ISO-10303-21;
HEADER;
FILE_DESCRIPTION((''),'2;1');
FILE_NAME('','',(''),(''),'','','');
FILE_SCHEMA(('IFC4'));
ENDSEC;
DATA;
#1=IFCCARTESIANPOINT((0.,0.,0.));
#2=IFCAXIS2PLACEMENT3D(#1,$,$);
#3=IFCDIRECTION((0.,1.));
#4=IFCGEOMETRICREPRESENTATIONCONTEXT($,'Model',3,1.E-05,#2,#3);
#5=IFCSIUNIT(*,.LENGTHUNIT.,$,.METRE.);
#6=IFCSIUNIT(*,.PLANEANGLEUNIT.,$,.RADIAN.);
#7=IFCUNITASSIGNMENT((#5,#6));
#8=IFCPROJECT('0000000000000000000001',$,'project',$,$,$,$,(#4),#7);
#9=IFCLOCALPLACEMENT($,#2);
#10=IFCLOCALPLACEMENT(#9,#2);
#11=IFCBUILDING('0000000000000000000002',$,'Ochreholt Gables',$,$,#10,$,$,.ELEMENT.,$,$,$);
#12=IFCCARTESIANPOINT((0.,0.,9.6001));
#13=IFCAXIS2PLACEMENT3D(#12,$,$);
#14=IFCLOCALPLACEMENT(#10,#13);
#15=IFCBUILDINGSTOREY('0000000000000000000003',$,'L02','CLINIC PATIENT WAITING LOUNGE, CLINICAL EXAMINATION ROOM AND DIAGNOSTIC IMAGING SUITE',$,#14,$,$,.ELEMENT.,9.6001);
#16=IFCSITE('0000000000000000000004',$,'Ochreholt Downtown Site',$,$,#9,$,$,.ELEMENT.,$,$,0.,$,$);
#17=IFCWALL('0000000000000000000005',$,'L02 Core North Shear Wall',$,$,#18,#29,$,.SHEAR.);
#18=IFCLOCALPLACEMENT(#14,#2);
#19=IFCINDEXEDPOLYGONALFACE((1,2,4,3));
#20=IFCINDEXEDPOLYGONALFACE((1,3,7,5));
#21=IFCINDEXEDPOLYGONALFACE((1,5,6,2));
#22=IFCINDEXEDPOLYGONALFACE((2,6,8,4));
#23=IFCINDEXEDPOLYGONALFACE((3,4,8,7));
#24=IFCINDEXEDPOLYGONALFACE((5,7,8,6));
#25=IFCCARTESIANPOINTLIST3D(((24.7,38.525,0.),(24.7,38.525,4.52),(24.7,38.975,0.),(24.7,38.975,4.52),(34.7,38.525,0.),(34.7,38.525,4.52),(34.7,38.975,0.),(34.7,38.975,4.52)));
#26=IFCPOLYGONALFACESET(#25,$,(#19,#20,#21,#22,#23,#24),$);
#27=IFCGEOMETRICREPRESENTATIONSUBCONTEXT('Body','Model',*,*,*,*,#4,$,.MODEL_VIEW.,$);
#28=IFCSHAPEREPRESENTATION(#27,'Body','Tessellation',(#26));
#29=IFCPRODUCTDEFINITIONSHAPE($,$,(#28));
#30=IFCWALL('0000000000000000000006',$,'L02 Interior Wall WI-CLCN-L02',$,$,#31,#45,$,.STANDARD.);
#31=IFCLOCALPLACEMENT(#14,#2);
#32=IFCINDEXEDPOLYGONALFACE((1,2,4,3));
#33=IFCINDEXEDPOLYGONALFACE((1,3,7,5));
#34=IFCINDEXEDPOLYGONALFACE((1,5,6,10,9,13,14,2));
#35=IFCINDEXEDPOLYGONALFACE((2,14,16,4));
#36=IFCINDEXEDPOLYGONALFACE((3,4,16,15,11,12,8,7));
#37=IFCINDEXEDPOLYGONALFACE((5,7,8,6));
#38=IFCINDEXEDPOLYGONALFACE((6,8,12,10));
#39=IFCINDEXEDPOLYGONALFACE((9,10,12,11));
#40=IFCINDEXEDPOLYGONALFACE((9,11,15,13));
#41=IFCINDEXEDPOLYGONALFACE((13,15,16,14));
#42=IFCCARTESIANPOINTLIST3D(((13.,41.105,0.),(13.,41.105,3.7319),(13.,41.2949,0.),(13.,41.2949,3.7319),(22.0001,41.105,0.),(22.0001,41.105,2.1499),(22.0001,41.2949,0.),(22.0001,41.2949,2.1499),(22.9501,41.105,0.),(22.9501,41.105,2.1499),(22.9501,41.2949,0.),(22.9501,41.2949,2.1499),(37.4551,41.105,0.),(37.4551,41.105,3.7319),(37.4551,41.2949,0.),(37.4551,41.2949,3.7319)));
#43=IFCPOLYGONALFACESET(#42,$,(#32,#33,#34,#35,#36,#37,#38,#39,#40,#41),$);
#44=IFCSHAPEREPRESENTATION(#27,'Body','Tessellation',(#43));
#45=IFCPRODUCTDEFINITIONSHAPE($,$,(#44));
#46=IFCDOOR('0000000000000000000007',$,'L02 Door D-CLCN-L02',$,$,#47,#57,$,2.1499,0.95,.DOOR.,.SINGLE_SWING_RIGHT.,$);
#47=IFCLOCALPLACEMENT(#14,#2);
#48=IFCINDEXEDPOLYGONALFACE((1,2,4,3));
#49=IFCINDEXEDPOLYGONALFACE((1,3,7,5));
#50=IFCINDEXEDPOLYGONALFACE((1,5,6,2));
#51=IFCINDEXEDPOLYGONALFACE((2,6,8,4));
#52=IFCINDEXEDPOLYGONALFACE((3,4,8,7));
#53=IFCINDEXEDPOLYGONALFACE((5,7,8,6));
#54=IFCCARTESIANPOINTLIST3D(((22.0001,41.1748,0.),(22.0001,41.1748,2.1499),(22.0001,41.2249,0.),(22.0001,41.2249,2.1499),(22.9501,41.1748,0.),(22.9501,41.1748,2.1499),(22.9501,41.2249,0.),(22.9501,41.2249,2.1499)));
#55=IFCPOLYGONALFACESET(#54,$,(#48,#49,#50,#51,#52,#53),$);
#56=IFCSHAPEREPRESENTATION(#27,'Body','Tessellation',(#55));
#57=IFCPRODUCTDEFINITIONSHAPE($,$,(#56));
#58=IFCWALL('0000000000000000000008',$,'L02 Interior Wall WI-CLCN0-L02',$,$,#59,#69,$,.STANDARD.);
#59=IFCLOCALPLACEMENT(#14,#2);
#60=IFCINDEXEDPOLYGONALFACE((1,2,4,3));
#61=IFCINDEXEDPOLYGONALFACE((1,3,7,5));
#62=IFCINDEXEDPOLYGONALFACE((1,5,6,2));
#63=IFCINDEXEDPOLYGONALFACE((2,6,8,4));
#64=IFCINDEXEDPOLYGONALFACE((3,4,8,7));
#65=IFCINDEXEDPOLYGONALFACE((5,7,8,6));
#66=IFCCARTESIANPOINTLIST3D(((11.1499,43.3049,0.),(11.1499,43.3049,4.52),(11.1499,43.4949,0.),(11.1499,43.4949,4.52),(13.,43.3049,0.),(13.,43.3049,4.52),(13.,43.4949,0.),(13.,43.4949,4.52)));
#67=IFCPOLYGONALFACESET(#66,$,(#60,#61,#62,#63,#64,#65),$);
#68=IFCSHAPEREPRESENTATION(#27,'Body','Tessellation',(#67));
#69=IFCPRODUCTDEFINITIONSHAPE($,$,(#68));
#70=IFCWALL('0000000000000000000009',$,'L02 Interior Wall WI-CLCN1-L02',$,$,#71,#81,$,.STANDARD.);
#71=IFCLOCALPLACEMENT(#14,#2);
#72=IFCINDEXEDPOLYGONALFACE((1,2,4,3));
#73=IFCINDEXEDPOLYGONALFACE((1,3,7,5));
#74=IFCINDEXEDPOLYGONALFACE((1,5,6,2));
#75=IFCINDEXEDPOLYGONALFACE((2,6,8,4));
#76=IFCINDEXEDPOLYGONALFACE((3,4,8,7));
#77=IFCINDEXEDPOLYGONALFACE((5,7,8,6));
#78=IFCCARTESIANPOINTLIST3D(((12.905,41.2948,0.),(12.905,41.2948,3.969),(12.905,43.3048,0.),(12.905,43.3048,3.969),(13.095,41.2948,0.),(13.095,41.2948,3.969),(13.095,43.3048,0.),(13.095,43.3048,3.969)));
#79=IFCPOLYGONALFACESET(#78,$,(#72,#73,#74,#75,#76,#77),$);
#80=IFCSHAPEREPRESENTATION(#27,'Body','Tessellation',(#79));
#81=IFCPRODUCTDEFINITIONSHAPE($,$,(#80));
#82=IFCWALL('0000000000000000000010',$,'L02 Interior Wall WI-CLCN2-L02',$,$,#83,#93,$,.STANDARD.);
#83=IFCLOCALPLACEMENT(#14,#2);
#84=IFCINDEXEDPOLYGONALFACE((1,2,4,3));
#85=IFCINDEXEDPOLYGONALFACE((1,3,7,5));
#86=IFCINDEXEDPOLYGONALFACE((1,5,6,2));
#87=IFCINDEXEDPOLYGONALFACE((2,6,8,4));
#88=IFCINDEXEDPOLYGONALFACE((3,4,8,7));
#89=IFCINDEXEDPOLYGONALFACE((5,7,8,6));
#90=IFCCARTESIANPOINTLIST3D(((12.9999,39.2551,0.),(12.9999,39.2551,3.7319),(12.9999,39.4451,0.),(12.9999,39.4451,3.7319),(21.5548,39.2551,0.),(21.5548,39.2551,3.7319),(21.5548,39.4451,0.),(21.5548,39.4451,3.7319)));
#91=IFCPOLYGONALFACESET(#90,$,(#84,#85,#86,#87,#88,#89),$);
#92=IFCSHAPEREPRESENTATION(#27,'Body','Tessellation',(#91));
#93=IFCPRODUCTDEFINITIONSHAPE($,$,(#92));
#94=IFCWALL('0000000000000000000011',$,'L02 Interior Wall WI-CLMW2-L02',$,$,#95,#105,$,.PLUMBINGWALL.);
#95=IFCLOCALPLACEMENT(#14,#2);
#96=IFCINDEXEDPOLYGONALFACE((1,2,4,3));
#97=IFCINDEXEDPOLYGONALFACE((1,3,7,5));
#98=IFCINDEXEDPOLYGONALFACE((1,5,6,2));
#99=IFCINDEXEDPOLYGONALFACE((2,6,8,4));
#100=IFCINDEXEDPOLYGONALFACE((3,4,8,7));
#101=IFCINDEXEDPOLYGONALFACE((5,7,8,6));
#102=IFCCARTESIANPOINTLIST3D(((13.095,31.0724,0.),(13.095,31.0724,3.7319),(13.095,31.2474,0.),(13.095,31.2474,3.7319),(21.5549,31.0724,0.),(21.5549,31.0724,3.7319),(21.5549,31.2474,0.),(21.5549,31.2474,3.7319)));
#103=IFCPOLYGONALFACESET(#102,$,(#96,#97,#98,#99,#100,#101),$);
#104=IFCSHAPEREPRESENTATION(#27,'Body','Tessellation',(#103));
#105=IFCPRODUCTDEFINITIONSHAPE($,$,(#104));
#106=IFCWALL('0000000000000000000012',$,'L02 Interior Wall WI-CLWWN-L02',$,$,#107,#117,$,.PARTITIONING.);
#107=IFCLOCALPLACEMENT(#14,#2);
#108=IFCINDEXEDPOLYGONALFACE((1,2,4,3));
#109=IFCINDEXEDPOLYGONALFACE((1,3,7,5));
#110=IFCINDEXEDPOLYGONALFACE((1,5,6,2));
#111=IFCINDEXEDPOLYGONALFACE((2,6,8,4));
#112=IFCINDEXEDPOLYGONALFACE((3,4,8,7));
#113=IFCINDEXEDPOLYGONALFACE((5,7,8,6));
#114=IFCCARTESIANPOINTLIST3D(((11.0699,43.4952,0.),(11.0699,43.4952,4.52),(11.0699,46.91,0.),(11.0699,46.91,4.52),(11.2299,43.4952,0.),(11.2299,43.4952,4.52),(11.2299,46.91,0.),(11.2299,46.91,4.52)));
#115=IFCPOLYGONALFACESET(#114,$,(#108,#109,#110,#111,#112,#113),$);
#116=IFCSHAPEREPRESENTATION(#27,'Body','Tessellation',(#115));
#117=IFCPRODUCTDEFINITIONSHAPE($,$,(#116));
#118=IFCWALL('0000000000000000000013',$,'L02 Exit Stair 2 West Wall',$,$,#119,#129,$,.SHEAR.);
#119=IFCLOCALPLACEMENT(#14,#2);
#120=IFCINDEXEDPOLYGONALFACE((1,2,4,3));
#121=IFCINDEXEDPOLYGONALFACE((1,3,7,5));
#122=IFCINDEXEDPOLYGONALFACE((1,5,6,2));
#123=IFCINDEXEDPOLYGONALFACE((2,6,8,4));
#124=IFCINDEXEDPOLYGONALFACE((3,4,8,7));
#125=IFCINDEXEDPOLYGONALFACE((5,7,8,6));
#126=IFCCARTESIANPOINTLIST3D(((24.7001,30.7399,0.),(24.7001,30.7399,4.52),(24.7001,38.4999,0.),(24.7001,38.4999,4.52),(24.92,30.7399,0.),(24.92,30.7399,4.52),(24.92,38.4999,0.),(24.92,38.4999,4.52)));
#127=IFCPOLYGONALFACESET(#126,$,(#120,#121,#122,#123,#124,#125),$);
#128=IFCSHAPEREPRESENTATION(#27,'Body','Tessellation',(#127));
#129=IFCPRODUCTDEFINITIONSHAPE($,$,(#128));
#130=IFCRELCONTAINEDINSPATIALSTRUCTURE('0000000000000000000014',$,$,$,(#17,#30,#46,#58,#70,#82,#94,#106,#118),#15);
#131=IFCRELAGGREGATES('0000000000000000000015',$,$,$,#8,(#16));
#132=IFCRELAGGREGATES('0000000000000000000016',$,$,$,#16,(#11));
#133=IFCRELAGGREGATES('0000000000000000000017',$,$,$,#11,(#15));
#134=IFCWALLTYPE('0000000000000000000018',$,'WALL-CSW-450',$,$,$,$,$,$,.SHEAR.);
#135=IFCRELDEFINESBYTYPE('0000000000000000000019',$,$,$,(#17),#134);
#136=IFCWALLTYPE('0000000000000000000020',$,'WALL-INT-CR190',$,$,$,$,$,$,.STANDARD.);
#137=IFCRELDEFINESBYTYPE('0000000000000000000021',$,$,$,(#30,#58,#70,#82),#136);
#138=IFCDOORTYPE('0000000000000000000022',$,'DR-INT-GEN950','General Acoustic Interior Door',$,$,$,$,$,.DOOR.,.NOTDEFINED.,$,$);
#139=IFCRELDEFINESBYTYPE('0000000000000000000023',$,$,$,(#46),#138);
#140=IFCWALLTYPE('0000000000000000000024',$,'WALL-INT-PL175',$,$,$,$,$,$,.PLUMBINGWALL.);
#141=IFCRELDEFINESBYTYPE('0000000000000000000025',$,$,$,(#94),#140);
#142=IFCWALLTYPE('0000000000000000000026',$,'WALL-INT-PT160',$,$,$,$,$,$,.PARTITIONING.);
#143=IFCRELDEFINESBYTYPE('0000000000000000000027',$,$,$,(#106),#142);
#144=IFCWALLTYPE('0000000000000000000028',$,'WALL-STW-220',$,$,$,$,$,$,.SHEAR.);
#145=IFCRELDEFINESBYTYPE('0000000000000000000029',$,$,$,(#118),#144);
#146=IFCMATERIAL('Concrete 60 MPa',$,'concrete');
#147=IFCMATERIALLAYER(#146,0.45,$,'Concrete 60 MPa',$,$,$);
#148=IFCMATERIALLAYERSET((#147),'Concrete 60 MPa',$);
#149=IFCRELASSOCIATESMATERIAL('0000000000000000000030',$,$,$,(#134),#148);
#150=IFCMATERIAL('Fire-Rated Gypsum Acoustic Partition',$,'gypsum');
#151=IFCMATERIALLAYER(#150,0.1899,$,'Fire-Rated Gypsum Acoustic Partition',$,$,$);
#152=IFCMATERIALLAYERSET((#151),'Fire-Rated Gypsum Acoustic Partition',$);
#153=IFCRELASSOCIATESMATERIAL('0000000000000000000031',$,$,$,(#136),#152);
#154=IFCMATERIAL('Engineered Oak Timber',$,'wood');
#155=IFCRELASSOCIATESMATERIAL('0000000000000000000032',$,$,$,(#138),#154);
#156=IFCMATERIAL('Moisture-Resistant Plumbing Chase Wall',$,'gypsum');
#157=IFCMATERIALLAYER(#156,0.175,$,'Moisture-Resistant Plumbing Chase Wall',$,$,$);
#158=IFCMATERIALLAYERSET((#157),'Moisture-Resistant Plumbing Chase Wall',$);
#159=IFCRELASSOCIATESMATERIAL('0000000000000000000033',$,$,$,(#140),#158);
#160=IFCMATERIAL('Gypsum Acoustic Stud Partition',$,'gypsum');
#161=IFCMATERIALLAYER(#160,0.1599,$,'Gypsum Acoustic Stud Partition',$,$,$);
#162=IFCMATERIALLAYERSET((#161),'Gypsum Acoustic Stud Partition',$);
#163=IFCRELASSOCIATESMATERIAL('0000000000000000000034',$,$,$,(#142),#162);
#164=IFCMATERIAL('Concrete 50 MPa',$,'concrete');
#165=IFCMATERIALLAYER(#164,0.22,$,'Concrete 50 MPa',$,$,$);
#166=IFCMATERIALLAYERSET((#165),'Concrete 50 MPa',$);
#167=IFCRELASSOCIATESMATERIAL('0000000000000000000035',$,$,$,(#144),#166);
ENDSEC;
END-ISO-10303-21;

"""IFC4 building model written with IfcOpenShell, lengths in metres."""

from ifc_helpers import new_model, si_unit, direction, frame, frame_2d, origin, place, context, subcontext, project, spatial, rectangle, extrude, material, layer, layer_set, type_object, element, fill, save


model = new_model("IFC4")

# Units and contexts
model_context = context("Model", 3, precision=1e-05, world=origin(), true_north=direction((0.0, 1.0)))
body_context = subcontext(model_context, "Body", "Model", "MODEL_VIEW")
ifc_project = project(units=[si_unit("LENGTHUNIT", "METRE"), si_unit("PLANEANGLEUNIT", "RADIAN")], contexts=[model_context])

# Site, building, storey
site_placement = place(None, origin())
site = spatial("IfcSite", under=ifc_project, at=site_placement, Name="Ochreholt Downtown Site", CompositionType="ELEMENT", RefElevation=0.0)
building_placement = place(site_placement, origin())
building = spatial("IfcBuilding", under=site, at=building_placement, Name="Ochreholt Gables", CompositionType="ELEMENT")
storey_placement = place(building_placement, frame((0.0, 0.0, 9.6001)))
storey = spatial("IfcBuildingStorey", under=building, at=storey_placement, Name="L02", Description="CLINIC PATIENT WAITING LOUNGE, CLINICAL EXAMINATION ROOM AND DIAGNOSTIC IMAGING SUITE", CompositionType="ELEMENT", Elevation=9.6001)

# Shared definitions
ifc_material_1 = material(Name="Concrete 60 MPa", Category="concrete")

# Wall
ifc_layer_1 = layer(ifc_material_1, 0.45, Name="Concrete 60 MPa")
ifc_layer_set_1 = layer_set([ifc_layer_1], Name="Concrete 60 MPa")
wall_type_1 = type_object("IfcWallType", Name="WALL-CSW-450", PredefinedType="SHEAR", material=ifc_layer_set_1)
wall_1_placement = place(storey_placement, frame((24.7, 38.75, 0.0), z_axis=(0.0, 0.0, 1.0), x_axis=(1.0, 0.0, 0.0)))
element("IfcWall", 1, at=wall_1_placement, inside=storey, type_object=wall_type_1, Name="L02 Core North Shear Wall", PredefinedType="SHEAR", context=body_context, shape_type="SweptSolid", body=[
    extrude(rectangle(XDim=10.0, YDim=0.45, at=frame_2d((5.0, 0.0))), origin(), (0.0, 0.0, 1.0), 4.52),
])

# Wall, opening, door
ifc_material_2 = material(Name="Fire-Rated Gypsum Acoustic Partition", Category="gypsum")
ifc_layer_2 = layer(ifc_material_2, 0.1899, Name="Fire-Rated Gypsum Acoustic Partition")
ifc_layer_set_2 = layer_set([ifc_layer_2], Name="Fire-Rated Gypsum Acoustic Partition")
wall_type_2 = type_object("IfcWallType", Name="WALL-INT-CR190", PredefinedType="STANDARD", material=ifc_layer_set_2)
wall_2_placement = place(storey_placement, frame((13.0, 41.2, 0.0), z_axis=(0.0, 0.0, 1.0), x_axis=(1.0, 0.0, 0.0)))
wall_2 = element("IfcWall", 2, at=wall_2_placement, inside=storey, type_object=wall_type_2, Name="L02 Interior Wall WI-CLCN-L02", PredefinedType="STANDARD", context=body_context, shape_type="SweptSolid", body=[
    extrude(rectangle(XDim=24.4551, YDim=0.1899, at=frame_2d((12.2275, 0.0))), origin(), (0.0, 0.0, 1.0), 3.7319),
])
opening_placement = place(wall_2_placement, frame((9.0, 0.0, 0.0)))
opening = element("IfcOpeningElement", 3, at=opening_placement, cuts=wall_2, PredefinedType="OPENING", context=body_context, shape_type="SweptSolid", body=[
    extrude(rectangle(XDim=0.95, YDim=2.1499, at=frame_2d((0.4751, 1.075))), frame((0.0, 0.105, 0.0), z_axis=(0.0, -1.0, 0.0), x_axis=(1.0, 0.0, 0.0)), (0.0, 0.0, 1.0), 0.21),
])
ifc_material_3 = material(Name="Engineered Oak Timber", Category="wood")
door_type = type_object("IfcDoorType", Name="DR-INT-GEN950", Description="General Acoustic Interior Door", OperationType="NOTDEFINED", PredefinedType="DOOR", material=ifc_material_3)
door_placement = place(opening_placement, origin())
door = element("IfcDoor", 4, at=door_placement, inside=storey, type_object=door_type, Name="L02 Door D-CLCN-L02", OperationType="SINGLE_SWING_RIGHT", OverallHeight=2.1499, OverallWidth=0.95, PredefinedType="DOOR", context=body_context, shape_type="SweptSolid", body=[
    extrude(rectangle(XDim=0.95, YDim=2.1499, at=frame_2d((0.4751, 1.075))), frame((0.0, 0.0249, 0.0), z_axis=(0.0, -1.0, 0.0), x_axis=(1.0, 0.0, 0.0)), (0.0, 0.0, 1.0), 0.05),
])
fill(opening, door)

# Walls
wall_3_placement = place(storey_placement, frame((11.1499, 43.3999, 0.0), z_axis=(0.0, 0.0, 1.0), x_axis=(1.0, 0.0, 0.0)))
element("IfcWall", 5, at=wall_3_placement, inside=storey, type_object=wall_type_2, Name="L02 Interior Wall WI-CLCN0-L02", PredefinedType="STANDARD", context=body_context, shape_type="SweptSolid", body=[
    extrude(rectangle(XDim=1.8501, YDim=0.1899, at=frame_2d((0.925, 0.0))), origin(), (0.0, 0.0, 1.0), 4.52),
])
wall_4_placement = place(storey_placement, frame((13.0, 41.2949, 0.0), z_axis=(0.0, 0.0, 1.0), x_axis=(0.0, 1.0, 0.0)))
element("IfcWall", 6, at=wall_4_placement, inside=storey, type_object=wall_type_2, Name="L02 Interior Wall WI-CLCN1-L02", PredefinedType="STANDARD", context=body_context, shape_type="SweptSolid", body=[
    extrude(rectangle(XDim=2.01, YDim=0.1899, at=frame_2d((1.0049, 0.0))), origin(), (0.0, 0.0, 1.0), 3.969),
])
wall_5_placement = place(storey_placement, frame((13.0, 39.3501, 0.0), z_axis=(0.0, 0.0, 1.0), x_axis=(1.0, 0.0, 0.0)))
element("IfcWall", 7, at=wall_5_placement, inside=storey, type_object=wall_type_2, Name="L02 Interior Wall WI-CLCN2-L02", PredefinedType="STANDARD", context=body_context, shape_type="SweptSolid", body=[
    extrude(rectangle(XDim=8.5549, YDim=0.1899, at=frame_2d((4.2773, 0.0))), origin(), (0.0, 0.0, 1.0), 3.7319),
])
ifc_material_4 = material(Name="Moisture-Resistant Plumbing Chase Wall", Category="gypsum")
ifc_layer_3 = layer(ifc_material_4, 0.175, Name="Moisture-Resistant Plumbing Chase Wall")
ifc_layer_set_3 = layer_set([ifc_layer_3], Name="Moisture-Resistant Plumbing Chase Wall")
wall_type_3 = type_object("IfcWallType", Name="WALL-INT-PL175", PredefinedType="PLUMBINGWALL", material=ifc_layer_set_3)
wall_6_placement = place(storey_placement, frame((13.095, 31.1599, 0.0), z_axis=(0.0, 0.0, 1.0), x_axis=(1.0, 0.0, 0.0)))
element("IfcWall", 8, at=wall_6_placement, inside=storey, type_object=wall_type_3, Name="L02 Interior Wall WI-CLMW2-L02", PredefinedType="PLUMBINGWALL", context=body_context, shape_type="SweptSolid", body=[
    extrude(rectangle(XDim=8.46, YDim=0.175, at=frame_2d((4.23, 0.0))), origin(), (0.0, 0.0, 1.0), 3.7319),
])
ifc_material_5 = material(Name="Gypsum Acoustic Stud Partition", Category="gypsum")
ifc_layer_4 = layer(ifc_material_5, 0.1599, Name="Gypsum Acoustic Stud Partition")
ifc_layer_set_4 = layer_set([ifc_layer_4], Name="Gypsum Acoustic Stud Partition")
wall_type_4 = type_object("IfcWallType", Name="WALL-INT-PT160", PredefinedType="PARTITIONING", material=ifc_layer_set_4)
wall_7_placement = place(storey_placement, frame((11.1499, 43.4951, 0.0), z_axis=(0.0, 0.0, 1.0), x_axis=(0.0, 1.0, 0.0)))
element("IfcWall", 9, at=wall_7_placement, inside=storey, type_object=wall_type_4, Name="L02 Interior Wall WI-CLWWN-L02", PredefinedType="PARTITIONING", context=body_context, shape_type="SweptSolid", body=[
    extrude(rectangle(XDim=3.4148, YDim=0.1599, at=frame_2d((1.7075, 0.0))), origin(), (0.0, 0.0, 1.0), 4.52),
])
ifc_material_6 = material(Name="Concrete 50 MPa", Category="concrete")
ifc_layer_5 = layer(ifc_material_6, 0.22, Name="Concrete 50 MPa")
ifc_layer_set_5 = layer_set([ifc_layer_5], Name="Concrete 50 MPa")
wall_type_5 = type_object("IfcWallType", Name="WALL-STW-220", PredefinedType="SHEAR", material=ifc_layer_set_5)
wall_8_placement = place(storey_placement, frame((24.8101, 30.74, 0.0), z_axis=(0.0, 0.0, 1.0), x_axis=(0.0, 1.0, 0.0)))
element("IfcWall", 10, at=wall_8_placement, inside=storey, type_object=wall_type_5, Name="L02 Exit Stair 2 West Wall", PredefinedType="SHEAR", context=body_context, shape_type="SweptSolid", body=[
    extrude(rectangle(XDim=7.76, YDim=0.22, at=frame_2d((3.8799, 0.0))), origin(), (0.0, 0.0, 1.0), 4.52),
])

save(model, "model.ifc")
